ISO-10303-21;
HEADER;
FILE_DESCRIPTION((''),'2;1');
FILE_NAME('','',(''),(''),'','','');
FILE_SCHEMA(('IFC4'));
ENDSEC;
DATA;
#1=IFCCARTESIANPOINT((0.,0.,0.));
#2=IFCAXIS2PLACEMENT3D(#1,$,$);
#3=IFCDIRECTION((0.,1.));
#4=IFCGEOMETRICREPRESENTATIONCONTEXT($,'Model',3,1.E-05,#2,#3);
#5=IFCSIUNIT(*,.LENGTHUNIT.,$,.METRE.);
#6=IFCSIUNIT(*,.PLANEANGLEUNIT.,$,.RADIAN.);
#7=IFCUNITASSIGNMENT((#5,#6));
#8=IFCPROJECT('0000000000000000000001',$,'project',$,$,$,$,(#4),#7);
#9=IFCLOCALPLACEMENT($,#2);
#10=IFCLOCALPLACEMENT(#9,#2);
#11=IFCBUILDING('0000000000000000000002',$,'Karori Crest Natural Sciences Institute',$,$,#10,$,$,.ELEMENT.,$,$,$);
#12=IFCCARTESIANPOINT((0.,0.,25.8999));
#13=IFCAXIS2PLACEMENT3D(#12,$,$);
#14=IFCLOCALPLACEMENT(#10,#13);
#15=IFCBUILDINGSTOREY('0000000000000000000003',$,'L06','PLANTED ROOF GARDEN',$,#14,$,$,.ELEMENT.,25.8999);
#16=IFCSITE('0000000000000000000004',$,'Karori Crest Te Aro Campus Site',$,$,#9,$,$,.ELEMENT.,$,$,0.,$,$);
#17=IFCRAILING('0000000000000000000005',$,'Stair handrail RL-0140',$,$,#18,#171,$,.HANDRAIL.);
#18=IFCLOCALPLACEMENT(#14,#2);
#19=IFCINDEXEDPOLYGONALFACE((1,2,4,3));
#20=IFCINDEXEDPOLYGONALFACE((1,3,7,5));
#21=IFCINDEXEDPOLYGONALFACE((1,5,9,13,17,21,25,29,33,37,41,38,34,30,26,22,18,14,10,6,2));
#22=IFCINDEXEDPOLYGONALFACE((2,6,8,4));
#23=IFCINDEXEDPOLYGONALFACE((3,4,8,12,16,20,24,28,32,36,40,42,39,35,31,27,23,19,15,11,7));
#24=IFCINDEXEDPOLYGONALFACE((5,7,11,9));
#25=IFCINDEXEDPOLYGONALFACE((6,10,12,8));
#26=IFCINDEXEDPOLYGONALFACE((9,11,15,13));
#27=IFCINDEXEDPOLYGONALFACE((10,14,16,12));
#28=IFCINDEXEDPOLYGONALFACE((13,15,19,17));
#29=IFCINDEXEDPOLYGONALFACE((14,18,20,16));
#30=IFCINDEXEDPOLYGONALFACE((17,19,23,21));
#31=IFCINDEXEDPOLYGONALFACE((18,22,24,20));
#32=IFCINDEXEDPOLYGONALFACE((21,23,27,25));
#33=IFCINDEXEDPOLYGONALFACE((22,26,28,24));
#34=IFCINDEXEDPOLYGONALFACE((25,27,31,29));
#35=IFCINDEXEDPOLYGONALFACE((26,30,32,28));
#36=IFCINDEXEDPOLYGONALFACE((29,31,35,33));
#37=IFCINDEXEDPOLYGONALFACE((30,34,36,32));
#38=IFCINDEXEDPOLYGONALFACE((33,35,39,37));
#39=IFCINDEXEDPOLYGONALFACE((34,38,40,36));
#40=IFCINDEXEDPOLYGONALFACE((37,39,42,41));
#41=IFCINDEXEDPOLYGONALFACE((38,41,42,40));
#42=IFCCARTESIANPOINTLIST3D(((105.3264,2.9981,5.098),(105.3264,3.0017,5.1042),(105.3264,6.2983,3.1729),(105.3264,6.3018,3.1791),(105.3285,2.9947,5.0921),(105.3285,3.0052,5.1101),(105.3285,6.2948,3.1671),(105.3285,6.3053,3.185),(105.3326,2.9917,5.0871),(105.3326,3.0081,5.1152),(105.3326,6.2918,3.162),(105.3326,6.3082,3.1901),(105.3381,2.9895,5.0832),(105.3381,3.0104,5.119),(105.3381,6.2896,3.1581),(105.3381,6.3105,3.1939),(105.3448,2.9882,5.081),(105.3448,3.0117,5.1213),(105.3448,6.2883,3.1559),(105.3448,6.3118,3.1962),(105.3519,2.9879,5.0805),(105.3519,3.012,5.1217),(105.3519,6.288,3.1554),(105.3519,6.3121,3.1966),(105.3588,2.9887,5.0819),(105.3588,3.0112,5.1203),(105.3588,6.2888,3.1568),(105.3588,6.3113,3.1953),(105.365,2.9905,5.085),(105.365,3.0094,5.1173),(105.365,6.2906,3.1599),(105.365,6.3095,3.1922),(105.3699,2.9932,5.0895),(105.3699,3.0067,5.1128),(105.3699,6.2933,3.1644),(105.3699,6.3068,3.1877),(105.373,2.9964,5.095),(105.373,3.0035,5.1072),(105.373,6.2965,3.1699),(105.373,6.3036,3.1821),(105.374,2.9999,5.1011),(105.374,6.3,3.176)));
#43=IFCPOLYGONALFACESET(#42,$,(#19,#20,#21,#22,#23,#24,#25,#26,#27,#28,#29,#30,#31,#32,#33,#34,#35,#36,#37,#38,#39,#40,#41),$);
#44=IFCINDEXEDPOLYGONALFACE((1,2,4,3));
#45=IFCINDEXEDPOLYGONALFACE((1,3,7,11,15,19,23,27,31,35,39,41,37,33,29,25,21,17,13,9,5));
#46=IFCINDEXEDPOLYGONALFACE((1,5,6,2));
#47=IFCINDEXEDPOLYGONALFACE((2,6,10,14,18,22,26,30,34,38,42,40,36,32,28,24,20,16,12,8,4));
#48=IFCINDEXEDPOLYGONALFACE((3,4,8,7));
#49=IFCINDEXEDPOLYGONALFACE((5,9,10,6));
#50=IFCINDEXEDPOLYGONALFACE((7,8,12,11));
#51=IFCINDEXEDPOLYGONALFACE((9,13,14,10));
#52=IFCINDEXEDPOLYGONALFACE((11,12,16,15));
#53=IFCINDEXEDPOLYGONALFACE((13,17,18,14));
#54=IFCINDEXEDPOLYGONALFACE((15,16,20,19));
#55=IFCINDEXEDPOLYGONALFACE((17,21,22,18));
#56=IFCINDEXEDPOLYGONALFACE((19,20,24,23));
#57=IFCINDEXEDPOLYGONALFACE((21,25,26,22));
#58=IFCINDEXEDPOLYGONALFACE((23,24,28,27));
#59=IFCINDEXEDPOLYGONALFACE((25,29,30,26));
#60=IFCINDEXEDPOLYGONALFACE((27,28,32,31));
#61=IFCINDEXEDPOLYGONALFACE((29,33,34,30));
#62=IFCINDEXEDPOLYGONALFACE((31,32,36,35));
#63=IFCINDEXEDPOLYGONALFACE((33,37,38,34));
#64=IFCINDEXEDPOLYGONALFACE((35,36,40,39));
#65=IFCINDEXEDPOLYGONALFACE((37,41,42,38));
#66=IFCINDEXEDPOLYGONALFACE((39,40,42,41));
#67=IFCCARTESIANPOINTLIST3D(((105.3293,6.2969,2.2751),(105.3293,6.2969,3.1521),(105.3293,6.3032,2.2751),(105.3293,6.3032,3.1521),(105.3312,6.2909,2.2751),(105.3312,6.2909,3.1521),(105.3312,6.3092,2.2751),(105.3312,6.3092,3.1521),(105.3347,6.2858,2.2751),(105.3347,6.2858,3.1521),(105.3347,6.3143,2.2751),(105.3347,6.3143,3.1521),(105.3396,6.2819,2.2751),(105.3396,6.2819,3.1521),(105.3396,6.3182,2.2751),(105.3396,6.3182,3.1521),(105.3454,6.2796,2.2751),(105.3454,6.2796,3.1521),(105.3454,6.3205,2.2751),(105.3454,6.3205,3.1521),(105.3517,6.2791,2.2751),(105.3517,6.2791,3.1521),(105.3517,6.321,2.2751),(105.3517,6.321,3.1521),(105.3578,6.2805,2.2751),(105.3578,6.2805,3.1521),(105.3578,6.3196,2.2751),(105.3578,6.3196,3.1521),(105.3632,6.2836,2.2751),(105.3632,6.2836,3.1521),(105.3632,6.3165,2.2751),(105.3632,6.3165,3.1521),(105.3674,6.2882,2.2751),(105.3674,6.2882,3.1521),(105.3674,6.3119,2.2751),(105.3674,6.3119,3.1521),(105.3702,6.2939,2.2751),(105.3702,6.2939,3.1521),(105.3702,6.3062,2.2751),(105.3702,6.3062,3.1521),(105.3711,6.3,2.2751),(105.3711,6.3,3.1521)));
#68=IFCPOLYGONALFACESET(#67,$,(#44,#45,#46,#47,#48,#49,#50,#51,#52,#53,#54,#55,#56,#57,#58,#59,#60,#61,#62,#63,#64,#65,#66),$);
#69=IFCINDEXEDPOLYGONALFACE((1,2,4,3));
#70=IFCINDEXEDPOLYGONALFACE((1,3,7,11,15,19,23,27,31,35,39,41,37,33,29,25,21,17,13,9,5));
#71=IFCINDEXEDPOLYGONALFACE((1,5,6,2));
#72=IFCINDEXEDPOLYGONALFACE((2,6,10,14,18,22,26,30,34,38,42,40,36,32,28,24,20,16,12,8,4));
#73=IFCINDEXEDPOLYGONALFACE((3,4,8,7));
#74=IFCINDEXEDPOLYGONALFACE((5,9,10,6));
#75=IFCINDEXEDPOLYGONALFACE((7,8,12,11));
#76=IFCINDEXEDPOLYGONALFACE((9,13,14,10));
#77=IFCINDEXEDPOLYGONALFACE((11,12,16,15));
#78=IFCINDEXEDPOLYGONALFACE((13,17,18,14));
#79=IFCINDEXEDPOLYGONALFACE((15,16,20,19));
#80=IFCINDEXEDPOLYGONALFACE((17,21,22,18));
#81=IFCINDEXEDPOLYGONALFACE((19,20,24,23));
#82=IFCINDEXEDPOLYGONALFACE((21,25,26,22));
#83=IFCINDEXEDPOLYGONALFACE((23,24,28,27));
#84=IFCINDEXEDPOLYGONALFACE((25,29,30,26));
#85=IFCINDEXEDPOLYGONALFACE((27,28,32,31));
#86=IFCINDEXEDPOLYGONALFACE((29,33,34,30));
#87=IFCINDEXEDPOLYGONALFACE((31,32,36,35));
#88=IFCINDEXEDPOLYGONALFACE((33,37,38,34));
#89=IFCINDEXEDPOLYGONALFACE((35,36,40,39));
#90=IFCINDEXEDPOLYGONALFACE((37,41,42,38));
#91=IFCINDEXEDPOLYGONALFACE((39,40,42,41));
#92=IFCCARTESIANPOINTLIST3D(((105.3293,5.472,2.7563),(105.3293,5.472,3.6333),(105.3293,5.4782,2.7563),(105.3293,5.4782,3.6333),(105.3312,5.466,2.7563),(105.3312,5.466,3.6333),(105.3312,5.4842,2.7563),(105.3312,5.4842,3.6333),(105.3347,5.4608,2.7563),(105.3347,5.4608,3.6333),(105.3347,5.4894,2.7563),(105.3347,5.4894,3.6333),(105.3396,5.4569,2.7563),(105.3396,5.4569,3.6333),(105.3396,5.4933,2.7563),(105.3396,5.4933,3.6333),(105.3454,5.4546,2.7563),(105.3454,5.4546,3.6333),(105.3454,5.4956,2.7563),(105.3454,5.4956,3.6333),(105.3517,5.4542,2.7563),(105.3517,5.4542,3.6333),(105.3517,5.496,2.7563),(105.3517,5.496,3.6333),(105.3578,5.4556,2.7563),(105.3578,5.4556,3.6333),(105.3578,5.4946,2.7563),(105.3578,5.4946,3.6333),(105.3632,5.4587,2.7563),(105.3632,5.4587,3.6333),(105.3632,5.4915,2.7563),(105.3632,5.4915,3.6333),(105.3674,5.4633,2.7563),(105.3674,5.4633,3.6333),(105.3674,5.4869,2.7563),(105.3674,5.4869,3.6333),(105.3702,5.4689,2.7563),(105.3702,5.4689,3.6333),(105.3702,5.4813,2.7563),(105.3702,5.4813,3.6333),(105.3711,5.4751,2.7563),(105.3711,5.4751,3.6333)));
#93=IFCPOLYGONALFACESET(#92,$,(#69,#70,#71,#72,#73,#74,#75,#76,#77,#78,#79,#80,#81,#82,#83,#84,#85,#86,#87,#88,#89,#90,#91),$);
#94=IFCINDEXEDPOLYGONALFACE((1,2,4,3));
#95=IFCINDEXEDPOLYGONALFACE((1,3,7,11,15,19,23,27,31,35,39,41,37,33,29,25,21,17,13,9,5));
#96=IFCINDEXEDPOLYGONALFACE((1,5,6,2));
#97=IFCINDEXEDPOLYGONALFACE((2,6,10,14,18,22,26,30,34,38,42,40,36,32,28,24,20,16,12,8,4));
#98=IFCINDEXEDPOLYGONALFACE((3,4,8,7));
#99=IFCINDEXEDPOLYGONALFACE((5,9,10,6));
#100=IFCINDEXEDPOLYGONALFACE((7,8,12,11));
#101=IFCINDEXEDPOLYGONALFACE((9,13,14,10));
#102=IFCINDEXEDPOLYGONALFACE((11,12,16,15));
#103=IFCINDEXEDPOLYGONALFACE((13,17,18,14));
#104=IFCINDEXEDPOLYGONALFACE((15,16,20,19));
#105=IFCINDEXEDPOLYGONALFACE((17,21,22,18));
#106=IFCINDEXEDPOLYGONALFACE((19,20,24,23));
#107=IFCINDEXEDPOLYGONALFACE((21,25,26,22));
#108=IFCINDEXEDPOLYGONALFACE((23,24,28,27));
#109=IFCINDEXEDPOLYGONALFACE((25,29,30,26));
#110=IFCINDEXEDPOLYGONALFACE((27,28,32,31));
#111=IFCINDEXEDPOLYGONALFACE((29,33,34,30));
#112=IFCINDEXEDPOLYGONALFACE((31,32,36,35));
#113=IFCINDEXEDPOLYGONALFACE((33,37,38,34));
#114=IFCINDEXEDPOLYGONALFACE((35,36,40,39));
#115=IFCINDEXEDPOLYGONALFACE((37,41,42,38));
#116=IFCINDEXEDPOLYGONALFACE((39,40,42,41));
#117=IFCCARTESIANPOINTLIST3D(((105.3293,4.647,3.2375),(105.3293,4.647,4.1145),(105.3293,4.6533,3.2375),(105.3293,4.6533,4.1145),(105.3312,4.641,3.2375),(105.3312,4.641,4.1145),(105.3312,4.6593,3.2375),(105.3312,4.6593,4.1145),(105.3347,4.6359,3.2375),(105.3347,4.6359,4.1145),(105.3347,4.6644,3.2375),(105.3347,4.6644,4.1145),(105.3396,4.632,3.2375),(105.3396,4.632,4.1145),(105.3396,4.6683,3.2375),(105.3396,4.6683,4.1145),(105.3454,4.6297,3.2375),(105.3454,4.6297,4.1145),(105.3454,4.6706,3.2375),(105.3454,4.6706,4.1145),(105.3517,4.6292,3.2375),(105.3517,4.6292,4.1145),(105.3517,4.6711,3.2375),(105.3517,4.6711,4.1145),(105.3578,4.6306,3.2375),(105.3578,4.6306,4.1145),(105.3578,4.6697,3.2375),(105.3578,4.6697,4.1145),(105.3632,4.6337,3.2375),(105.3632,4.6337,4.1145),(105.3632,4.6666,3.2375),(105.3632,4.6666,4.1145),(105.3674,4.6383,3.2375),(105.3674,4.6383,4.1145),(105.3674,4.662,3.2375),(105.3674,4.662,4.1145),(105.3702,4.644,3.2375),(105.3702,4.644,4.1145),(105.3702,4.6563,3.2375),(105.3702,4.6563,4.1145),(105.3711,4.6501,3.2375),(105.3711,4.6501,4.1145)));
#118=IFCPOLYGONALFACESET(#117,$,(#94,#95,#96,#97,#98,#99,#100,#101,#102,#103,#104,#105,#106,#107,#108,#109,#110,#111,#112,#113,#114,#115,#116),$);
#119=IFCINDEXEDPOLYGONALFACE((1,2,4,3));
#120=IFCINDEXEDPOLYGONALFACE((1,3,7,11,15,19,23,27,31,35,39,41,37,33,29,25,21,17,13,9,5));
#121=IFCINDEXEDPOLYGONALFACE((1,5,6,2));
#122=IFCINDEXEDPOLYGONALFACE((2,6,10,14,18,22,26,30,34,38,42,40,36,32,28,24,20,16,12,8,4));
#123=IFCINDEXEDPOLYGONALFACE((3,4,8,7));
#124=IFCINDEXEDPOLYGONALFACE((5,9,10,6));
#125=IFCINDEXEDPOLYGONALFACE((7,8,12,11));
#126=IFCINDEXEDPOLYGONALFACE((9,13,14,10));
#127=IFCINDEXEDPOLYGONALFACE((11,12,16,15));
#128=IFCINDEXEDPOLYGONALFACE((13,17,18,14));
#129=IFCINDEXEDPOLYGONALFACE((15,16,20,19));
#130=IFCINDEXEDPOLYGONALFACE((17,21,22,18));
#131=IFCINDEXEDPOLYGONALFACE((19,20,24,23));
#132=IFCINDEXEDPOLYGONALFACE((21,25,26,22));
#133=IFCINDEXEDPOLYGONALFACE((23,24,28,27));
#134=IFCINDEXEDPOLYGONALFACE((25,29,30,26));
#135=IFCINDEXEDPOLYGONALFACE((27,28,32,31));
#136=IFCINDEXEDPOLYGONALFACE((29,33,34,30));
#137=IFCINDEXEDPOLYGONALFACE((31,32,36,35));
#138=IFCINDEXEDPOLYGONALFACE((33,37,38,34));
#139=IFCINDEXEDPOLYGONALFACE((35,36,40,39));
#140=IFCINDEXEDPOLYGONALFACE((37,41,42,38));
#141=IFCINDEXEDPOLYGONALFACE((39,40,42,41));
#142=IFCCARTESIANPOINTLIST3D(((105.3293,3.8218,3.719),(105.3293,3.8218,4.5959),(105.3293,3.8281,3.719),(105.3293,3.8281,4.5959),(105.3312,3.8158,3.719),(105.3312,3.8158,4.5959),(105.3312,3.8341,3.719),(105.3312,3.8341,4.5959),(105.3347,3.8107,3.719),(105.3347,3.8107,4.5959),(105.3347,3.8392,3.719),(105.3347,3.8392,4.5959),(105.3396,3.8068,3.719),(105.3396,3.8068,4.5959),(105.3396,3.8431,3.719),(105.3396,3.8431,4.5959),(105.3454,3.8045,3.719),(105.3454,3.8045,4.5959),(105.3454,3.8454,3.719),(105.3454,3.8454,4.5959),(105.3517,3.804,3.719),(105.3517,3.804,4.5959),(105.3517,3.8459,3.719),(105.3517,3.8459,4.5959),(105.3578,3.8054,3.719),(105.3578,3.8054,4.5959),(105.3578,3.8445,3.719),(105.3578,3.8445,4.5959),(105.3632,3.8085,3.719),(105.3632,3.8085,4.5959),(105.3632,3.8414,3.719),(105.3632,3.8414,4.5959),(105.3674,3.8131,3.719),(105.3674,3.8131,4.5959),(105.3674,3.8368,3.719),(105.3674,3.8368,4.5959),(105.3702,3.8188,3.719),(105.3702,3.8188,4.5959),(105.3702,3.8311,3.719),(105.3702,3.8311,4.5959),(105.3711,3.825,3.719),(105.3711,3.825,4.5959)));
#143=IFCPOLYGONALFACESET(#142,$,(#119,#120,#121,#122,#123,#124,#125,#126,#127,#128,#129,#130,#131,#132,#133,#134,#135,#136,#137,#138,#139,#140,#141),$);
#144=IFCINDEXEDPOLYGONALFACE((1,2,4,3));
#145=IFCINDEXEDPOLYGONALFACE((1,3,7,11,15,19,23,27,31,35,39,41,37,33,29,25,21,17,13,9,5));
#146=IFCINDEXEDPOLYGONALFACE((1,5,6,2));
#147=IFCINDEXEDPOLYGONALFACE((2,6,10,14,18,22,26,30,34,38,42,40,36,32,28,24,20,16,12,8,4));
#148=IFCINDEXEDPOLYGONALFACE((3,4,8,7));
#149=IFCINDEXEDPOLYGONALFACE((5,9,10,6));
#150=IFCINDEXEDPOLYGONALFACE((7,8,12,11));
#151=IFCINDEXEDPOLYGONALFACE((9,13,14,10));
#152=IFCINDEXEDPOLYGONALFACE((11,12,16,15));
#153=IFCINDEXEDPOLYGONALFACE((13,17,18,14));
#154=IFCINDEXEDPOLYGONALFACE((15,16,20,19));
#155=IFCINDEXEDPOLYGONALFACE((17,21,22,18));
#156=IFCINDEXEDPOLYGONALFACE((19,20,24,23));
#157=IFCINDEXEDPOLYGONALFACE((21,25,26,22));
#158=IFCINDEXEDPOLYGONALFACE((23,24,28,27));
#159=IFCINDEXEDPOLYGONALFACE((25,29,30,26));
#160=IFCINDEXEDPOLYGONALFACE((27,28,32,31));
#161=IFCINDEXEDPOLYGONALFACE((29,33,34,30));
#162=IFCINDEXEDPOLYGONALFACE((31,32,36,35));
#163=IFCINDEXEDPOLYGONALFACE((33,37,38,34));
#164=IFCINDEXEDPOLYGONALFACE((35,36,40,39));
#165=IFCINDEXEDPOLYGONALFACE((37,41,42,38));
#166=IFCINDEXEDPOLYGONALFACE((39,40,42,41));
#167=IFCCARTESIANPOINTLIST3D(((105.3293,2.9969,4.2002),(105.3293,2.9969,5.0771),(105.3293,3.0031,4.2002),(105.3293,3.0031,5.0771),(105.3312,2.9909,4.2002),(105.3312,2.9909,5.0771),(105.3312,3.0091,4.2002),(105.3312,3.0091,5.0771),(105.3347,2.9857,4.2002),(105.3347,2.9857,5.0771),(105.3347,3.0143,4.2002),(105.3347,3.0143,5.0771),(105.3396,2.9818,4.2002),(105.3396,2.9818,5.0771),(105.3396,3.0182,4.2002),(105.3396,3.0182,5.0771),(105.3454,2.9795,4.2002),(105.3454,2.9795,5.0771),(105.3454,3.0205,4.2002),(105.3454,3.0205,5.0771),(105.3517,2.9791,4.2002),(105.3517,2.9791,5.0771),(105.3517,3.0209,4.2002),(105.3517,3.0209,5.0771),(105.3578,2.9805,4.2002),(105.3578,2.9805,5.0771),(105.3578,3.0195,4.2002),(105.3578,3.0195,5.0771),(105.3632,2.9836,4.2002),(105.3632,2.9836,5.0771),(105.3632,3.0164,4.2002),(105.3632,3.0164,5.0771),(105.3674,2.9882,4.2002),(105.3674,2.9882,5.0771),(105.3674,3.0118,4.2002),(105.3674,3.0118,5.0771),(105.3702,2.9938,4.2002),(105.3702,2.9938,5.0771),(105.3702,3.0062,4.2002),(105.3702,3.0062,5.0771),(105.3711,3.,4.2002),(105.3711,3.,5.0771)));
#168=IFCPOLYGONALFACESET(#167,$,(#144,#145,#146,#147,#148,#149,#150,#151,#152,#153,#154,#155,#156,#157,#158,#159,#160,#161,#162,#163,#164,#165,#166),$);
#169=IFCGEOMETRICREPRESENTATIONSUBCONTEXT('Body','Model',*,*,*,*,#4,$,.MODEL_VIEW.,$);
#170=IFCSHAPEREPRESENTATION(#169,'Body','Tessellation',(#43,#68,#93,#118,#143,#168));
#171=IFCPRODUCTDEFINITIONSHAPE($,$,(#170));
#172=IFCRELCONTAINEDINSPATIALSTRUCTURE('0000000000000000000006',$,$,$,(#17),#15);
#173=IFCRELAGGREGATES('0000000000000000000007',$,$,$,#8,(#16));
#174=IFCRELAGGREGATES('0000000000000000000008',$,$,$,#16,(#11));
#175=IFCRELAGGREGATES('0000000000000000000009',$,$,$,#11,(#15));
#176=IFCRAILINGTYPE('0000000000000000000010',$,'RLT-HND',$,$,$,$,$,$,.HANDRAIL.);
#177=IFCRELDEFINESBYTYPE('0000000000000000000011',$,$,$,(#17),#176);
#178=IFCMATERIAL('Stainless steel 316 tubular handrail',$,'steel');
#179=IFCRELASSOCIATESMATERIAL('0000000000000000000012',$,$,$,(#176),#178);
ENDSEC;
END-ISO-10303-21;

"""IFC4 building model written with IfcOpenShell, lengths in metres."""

from ifc_helpers import new_model, si_unit, direction, frame, origin, origin_2d, place, context, subcontext, project, spatial, circle, extrude, material, type_object, element, save


model = new_model("IFC4")

# Units and contexts
model_context = context("Model", 3, precision=1e-05, world=origin(), true_north=direction((0.0, 1.0)))
body_context = subcontext(model_context, "Body", "Model", "MODEL_VIEW")
ifc_project = project(units=[si_unit("LENGTHUNIT", "METRE"), si_unit("PLANEANGLEUNIT", "RADIAN")], contexts=[model_context])

# Site, building, storey
site_placement = place(None, origin())
site = spatial("IfcSite", under=ifc_project, at=site_placement, Name="Karori Crest Te Aro Campus Site", CompositionType="ELEMENT", RefElevation=0.0)
building_placement = place(site_placement, origin())
building = spatial("IfcBuilding", under=site, at=building_placement, Name="Karori Crest Natural Sciences Institute", CompositionType="ELEMENT")
storey_placement = place(building_placement, frame((0.0, 0.0, 25.8999)))
storey = spatial("IfcBuildingStorey", under=building, at=storey_placement, Name="L06", Description="PLANTED ROOF GARDEN", CompositionType="ELEMENT", Elevation=25.8999)

# Railing
ifc_material_1 = material(Name="Stainless steel 316 tubular handrail", Category="steel")
railing_type_1 = type_object("IfcRailingType", Name="RLT-HND", PredefinedType="HANDRAIL", material=ifc_material_1)
railing_1_placement = place(storey_placement, frame((105.3501, 6.3, 2.2751)))
element("IfcRailing", 1, at=railing_1_placement, inside=storey, type_object=railing_type_1, Name="Stair handrail RL-0140", PredefinedType="HANDRAIL", context=body_context, shape_type="SweptSolid", body=[
    extrude(circle(Radius=0.0239, at=origin_2d()), frame((0.0, 0.0, 0.9009), z_axis=(0.0, -0.863777, 0.503875), x_axis=(1.0, 0.0, 0.0)), (0.0, 0.0, 1.0), 3.8206),
    extrude(circle(Radius=0.021, at=origin_2d()), origin(), (0.0, 0.0, 1.0), 0.877),
    extrude(circle(Radius=0.021, at=origin_2d()), frame((0.0, -0.825, 0.4812)), (0.0, 0.0, 1.0), 0.877),
    extrude(circle(Radius=0.021, at=origin_2d()), frame((0.0, -1.6499, 0.9624)), (0.0, 0.0, 1.0), 0.877),
    extrude(circle(Radius=0.021, at=origin_2d()), frame((0.0, -2.4751, 1.4438)), (0.0, 0.0, 1.0), 0.877),
    extrude(circle(Radius=0.021, at=origin_2d()), frame((0.0, -3.3, 1.925)), (0.0, 0.0, 1.0), 0.877),
])

save(model, "model.ifc")
